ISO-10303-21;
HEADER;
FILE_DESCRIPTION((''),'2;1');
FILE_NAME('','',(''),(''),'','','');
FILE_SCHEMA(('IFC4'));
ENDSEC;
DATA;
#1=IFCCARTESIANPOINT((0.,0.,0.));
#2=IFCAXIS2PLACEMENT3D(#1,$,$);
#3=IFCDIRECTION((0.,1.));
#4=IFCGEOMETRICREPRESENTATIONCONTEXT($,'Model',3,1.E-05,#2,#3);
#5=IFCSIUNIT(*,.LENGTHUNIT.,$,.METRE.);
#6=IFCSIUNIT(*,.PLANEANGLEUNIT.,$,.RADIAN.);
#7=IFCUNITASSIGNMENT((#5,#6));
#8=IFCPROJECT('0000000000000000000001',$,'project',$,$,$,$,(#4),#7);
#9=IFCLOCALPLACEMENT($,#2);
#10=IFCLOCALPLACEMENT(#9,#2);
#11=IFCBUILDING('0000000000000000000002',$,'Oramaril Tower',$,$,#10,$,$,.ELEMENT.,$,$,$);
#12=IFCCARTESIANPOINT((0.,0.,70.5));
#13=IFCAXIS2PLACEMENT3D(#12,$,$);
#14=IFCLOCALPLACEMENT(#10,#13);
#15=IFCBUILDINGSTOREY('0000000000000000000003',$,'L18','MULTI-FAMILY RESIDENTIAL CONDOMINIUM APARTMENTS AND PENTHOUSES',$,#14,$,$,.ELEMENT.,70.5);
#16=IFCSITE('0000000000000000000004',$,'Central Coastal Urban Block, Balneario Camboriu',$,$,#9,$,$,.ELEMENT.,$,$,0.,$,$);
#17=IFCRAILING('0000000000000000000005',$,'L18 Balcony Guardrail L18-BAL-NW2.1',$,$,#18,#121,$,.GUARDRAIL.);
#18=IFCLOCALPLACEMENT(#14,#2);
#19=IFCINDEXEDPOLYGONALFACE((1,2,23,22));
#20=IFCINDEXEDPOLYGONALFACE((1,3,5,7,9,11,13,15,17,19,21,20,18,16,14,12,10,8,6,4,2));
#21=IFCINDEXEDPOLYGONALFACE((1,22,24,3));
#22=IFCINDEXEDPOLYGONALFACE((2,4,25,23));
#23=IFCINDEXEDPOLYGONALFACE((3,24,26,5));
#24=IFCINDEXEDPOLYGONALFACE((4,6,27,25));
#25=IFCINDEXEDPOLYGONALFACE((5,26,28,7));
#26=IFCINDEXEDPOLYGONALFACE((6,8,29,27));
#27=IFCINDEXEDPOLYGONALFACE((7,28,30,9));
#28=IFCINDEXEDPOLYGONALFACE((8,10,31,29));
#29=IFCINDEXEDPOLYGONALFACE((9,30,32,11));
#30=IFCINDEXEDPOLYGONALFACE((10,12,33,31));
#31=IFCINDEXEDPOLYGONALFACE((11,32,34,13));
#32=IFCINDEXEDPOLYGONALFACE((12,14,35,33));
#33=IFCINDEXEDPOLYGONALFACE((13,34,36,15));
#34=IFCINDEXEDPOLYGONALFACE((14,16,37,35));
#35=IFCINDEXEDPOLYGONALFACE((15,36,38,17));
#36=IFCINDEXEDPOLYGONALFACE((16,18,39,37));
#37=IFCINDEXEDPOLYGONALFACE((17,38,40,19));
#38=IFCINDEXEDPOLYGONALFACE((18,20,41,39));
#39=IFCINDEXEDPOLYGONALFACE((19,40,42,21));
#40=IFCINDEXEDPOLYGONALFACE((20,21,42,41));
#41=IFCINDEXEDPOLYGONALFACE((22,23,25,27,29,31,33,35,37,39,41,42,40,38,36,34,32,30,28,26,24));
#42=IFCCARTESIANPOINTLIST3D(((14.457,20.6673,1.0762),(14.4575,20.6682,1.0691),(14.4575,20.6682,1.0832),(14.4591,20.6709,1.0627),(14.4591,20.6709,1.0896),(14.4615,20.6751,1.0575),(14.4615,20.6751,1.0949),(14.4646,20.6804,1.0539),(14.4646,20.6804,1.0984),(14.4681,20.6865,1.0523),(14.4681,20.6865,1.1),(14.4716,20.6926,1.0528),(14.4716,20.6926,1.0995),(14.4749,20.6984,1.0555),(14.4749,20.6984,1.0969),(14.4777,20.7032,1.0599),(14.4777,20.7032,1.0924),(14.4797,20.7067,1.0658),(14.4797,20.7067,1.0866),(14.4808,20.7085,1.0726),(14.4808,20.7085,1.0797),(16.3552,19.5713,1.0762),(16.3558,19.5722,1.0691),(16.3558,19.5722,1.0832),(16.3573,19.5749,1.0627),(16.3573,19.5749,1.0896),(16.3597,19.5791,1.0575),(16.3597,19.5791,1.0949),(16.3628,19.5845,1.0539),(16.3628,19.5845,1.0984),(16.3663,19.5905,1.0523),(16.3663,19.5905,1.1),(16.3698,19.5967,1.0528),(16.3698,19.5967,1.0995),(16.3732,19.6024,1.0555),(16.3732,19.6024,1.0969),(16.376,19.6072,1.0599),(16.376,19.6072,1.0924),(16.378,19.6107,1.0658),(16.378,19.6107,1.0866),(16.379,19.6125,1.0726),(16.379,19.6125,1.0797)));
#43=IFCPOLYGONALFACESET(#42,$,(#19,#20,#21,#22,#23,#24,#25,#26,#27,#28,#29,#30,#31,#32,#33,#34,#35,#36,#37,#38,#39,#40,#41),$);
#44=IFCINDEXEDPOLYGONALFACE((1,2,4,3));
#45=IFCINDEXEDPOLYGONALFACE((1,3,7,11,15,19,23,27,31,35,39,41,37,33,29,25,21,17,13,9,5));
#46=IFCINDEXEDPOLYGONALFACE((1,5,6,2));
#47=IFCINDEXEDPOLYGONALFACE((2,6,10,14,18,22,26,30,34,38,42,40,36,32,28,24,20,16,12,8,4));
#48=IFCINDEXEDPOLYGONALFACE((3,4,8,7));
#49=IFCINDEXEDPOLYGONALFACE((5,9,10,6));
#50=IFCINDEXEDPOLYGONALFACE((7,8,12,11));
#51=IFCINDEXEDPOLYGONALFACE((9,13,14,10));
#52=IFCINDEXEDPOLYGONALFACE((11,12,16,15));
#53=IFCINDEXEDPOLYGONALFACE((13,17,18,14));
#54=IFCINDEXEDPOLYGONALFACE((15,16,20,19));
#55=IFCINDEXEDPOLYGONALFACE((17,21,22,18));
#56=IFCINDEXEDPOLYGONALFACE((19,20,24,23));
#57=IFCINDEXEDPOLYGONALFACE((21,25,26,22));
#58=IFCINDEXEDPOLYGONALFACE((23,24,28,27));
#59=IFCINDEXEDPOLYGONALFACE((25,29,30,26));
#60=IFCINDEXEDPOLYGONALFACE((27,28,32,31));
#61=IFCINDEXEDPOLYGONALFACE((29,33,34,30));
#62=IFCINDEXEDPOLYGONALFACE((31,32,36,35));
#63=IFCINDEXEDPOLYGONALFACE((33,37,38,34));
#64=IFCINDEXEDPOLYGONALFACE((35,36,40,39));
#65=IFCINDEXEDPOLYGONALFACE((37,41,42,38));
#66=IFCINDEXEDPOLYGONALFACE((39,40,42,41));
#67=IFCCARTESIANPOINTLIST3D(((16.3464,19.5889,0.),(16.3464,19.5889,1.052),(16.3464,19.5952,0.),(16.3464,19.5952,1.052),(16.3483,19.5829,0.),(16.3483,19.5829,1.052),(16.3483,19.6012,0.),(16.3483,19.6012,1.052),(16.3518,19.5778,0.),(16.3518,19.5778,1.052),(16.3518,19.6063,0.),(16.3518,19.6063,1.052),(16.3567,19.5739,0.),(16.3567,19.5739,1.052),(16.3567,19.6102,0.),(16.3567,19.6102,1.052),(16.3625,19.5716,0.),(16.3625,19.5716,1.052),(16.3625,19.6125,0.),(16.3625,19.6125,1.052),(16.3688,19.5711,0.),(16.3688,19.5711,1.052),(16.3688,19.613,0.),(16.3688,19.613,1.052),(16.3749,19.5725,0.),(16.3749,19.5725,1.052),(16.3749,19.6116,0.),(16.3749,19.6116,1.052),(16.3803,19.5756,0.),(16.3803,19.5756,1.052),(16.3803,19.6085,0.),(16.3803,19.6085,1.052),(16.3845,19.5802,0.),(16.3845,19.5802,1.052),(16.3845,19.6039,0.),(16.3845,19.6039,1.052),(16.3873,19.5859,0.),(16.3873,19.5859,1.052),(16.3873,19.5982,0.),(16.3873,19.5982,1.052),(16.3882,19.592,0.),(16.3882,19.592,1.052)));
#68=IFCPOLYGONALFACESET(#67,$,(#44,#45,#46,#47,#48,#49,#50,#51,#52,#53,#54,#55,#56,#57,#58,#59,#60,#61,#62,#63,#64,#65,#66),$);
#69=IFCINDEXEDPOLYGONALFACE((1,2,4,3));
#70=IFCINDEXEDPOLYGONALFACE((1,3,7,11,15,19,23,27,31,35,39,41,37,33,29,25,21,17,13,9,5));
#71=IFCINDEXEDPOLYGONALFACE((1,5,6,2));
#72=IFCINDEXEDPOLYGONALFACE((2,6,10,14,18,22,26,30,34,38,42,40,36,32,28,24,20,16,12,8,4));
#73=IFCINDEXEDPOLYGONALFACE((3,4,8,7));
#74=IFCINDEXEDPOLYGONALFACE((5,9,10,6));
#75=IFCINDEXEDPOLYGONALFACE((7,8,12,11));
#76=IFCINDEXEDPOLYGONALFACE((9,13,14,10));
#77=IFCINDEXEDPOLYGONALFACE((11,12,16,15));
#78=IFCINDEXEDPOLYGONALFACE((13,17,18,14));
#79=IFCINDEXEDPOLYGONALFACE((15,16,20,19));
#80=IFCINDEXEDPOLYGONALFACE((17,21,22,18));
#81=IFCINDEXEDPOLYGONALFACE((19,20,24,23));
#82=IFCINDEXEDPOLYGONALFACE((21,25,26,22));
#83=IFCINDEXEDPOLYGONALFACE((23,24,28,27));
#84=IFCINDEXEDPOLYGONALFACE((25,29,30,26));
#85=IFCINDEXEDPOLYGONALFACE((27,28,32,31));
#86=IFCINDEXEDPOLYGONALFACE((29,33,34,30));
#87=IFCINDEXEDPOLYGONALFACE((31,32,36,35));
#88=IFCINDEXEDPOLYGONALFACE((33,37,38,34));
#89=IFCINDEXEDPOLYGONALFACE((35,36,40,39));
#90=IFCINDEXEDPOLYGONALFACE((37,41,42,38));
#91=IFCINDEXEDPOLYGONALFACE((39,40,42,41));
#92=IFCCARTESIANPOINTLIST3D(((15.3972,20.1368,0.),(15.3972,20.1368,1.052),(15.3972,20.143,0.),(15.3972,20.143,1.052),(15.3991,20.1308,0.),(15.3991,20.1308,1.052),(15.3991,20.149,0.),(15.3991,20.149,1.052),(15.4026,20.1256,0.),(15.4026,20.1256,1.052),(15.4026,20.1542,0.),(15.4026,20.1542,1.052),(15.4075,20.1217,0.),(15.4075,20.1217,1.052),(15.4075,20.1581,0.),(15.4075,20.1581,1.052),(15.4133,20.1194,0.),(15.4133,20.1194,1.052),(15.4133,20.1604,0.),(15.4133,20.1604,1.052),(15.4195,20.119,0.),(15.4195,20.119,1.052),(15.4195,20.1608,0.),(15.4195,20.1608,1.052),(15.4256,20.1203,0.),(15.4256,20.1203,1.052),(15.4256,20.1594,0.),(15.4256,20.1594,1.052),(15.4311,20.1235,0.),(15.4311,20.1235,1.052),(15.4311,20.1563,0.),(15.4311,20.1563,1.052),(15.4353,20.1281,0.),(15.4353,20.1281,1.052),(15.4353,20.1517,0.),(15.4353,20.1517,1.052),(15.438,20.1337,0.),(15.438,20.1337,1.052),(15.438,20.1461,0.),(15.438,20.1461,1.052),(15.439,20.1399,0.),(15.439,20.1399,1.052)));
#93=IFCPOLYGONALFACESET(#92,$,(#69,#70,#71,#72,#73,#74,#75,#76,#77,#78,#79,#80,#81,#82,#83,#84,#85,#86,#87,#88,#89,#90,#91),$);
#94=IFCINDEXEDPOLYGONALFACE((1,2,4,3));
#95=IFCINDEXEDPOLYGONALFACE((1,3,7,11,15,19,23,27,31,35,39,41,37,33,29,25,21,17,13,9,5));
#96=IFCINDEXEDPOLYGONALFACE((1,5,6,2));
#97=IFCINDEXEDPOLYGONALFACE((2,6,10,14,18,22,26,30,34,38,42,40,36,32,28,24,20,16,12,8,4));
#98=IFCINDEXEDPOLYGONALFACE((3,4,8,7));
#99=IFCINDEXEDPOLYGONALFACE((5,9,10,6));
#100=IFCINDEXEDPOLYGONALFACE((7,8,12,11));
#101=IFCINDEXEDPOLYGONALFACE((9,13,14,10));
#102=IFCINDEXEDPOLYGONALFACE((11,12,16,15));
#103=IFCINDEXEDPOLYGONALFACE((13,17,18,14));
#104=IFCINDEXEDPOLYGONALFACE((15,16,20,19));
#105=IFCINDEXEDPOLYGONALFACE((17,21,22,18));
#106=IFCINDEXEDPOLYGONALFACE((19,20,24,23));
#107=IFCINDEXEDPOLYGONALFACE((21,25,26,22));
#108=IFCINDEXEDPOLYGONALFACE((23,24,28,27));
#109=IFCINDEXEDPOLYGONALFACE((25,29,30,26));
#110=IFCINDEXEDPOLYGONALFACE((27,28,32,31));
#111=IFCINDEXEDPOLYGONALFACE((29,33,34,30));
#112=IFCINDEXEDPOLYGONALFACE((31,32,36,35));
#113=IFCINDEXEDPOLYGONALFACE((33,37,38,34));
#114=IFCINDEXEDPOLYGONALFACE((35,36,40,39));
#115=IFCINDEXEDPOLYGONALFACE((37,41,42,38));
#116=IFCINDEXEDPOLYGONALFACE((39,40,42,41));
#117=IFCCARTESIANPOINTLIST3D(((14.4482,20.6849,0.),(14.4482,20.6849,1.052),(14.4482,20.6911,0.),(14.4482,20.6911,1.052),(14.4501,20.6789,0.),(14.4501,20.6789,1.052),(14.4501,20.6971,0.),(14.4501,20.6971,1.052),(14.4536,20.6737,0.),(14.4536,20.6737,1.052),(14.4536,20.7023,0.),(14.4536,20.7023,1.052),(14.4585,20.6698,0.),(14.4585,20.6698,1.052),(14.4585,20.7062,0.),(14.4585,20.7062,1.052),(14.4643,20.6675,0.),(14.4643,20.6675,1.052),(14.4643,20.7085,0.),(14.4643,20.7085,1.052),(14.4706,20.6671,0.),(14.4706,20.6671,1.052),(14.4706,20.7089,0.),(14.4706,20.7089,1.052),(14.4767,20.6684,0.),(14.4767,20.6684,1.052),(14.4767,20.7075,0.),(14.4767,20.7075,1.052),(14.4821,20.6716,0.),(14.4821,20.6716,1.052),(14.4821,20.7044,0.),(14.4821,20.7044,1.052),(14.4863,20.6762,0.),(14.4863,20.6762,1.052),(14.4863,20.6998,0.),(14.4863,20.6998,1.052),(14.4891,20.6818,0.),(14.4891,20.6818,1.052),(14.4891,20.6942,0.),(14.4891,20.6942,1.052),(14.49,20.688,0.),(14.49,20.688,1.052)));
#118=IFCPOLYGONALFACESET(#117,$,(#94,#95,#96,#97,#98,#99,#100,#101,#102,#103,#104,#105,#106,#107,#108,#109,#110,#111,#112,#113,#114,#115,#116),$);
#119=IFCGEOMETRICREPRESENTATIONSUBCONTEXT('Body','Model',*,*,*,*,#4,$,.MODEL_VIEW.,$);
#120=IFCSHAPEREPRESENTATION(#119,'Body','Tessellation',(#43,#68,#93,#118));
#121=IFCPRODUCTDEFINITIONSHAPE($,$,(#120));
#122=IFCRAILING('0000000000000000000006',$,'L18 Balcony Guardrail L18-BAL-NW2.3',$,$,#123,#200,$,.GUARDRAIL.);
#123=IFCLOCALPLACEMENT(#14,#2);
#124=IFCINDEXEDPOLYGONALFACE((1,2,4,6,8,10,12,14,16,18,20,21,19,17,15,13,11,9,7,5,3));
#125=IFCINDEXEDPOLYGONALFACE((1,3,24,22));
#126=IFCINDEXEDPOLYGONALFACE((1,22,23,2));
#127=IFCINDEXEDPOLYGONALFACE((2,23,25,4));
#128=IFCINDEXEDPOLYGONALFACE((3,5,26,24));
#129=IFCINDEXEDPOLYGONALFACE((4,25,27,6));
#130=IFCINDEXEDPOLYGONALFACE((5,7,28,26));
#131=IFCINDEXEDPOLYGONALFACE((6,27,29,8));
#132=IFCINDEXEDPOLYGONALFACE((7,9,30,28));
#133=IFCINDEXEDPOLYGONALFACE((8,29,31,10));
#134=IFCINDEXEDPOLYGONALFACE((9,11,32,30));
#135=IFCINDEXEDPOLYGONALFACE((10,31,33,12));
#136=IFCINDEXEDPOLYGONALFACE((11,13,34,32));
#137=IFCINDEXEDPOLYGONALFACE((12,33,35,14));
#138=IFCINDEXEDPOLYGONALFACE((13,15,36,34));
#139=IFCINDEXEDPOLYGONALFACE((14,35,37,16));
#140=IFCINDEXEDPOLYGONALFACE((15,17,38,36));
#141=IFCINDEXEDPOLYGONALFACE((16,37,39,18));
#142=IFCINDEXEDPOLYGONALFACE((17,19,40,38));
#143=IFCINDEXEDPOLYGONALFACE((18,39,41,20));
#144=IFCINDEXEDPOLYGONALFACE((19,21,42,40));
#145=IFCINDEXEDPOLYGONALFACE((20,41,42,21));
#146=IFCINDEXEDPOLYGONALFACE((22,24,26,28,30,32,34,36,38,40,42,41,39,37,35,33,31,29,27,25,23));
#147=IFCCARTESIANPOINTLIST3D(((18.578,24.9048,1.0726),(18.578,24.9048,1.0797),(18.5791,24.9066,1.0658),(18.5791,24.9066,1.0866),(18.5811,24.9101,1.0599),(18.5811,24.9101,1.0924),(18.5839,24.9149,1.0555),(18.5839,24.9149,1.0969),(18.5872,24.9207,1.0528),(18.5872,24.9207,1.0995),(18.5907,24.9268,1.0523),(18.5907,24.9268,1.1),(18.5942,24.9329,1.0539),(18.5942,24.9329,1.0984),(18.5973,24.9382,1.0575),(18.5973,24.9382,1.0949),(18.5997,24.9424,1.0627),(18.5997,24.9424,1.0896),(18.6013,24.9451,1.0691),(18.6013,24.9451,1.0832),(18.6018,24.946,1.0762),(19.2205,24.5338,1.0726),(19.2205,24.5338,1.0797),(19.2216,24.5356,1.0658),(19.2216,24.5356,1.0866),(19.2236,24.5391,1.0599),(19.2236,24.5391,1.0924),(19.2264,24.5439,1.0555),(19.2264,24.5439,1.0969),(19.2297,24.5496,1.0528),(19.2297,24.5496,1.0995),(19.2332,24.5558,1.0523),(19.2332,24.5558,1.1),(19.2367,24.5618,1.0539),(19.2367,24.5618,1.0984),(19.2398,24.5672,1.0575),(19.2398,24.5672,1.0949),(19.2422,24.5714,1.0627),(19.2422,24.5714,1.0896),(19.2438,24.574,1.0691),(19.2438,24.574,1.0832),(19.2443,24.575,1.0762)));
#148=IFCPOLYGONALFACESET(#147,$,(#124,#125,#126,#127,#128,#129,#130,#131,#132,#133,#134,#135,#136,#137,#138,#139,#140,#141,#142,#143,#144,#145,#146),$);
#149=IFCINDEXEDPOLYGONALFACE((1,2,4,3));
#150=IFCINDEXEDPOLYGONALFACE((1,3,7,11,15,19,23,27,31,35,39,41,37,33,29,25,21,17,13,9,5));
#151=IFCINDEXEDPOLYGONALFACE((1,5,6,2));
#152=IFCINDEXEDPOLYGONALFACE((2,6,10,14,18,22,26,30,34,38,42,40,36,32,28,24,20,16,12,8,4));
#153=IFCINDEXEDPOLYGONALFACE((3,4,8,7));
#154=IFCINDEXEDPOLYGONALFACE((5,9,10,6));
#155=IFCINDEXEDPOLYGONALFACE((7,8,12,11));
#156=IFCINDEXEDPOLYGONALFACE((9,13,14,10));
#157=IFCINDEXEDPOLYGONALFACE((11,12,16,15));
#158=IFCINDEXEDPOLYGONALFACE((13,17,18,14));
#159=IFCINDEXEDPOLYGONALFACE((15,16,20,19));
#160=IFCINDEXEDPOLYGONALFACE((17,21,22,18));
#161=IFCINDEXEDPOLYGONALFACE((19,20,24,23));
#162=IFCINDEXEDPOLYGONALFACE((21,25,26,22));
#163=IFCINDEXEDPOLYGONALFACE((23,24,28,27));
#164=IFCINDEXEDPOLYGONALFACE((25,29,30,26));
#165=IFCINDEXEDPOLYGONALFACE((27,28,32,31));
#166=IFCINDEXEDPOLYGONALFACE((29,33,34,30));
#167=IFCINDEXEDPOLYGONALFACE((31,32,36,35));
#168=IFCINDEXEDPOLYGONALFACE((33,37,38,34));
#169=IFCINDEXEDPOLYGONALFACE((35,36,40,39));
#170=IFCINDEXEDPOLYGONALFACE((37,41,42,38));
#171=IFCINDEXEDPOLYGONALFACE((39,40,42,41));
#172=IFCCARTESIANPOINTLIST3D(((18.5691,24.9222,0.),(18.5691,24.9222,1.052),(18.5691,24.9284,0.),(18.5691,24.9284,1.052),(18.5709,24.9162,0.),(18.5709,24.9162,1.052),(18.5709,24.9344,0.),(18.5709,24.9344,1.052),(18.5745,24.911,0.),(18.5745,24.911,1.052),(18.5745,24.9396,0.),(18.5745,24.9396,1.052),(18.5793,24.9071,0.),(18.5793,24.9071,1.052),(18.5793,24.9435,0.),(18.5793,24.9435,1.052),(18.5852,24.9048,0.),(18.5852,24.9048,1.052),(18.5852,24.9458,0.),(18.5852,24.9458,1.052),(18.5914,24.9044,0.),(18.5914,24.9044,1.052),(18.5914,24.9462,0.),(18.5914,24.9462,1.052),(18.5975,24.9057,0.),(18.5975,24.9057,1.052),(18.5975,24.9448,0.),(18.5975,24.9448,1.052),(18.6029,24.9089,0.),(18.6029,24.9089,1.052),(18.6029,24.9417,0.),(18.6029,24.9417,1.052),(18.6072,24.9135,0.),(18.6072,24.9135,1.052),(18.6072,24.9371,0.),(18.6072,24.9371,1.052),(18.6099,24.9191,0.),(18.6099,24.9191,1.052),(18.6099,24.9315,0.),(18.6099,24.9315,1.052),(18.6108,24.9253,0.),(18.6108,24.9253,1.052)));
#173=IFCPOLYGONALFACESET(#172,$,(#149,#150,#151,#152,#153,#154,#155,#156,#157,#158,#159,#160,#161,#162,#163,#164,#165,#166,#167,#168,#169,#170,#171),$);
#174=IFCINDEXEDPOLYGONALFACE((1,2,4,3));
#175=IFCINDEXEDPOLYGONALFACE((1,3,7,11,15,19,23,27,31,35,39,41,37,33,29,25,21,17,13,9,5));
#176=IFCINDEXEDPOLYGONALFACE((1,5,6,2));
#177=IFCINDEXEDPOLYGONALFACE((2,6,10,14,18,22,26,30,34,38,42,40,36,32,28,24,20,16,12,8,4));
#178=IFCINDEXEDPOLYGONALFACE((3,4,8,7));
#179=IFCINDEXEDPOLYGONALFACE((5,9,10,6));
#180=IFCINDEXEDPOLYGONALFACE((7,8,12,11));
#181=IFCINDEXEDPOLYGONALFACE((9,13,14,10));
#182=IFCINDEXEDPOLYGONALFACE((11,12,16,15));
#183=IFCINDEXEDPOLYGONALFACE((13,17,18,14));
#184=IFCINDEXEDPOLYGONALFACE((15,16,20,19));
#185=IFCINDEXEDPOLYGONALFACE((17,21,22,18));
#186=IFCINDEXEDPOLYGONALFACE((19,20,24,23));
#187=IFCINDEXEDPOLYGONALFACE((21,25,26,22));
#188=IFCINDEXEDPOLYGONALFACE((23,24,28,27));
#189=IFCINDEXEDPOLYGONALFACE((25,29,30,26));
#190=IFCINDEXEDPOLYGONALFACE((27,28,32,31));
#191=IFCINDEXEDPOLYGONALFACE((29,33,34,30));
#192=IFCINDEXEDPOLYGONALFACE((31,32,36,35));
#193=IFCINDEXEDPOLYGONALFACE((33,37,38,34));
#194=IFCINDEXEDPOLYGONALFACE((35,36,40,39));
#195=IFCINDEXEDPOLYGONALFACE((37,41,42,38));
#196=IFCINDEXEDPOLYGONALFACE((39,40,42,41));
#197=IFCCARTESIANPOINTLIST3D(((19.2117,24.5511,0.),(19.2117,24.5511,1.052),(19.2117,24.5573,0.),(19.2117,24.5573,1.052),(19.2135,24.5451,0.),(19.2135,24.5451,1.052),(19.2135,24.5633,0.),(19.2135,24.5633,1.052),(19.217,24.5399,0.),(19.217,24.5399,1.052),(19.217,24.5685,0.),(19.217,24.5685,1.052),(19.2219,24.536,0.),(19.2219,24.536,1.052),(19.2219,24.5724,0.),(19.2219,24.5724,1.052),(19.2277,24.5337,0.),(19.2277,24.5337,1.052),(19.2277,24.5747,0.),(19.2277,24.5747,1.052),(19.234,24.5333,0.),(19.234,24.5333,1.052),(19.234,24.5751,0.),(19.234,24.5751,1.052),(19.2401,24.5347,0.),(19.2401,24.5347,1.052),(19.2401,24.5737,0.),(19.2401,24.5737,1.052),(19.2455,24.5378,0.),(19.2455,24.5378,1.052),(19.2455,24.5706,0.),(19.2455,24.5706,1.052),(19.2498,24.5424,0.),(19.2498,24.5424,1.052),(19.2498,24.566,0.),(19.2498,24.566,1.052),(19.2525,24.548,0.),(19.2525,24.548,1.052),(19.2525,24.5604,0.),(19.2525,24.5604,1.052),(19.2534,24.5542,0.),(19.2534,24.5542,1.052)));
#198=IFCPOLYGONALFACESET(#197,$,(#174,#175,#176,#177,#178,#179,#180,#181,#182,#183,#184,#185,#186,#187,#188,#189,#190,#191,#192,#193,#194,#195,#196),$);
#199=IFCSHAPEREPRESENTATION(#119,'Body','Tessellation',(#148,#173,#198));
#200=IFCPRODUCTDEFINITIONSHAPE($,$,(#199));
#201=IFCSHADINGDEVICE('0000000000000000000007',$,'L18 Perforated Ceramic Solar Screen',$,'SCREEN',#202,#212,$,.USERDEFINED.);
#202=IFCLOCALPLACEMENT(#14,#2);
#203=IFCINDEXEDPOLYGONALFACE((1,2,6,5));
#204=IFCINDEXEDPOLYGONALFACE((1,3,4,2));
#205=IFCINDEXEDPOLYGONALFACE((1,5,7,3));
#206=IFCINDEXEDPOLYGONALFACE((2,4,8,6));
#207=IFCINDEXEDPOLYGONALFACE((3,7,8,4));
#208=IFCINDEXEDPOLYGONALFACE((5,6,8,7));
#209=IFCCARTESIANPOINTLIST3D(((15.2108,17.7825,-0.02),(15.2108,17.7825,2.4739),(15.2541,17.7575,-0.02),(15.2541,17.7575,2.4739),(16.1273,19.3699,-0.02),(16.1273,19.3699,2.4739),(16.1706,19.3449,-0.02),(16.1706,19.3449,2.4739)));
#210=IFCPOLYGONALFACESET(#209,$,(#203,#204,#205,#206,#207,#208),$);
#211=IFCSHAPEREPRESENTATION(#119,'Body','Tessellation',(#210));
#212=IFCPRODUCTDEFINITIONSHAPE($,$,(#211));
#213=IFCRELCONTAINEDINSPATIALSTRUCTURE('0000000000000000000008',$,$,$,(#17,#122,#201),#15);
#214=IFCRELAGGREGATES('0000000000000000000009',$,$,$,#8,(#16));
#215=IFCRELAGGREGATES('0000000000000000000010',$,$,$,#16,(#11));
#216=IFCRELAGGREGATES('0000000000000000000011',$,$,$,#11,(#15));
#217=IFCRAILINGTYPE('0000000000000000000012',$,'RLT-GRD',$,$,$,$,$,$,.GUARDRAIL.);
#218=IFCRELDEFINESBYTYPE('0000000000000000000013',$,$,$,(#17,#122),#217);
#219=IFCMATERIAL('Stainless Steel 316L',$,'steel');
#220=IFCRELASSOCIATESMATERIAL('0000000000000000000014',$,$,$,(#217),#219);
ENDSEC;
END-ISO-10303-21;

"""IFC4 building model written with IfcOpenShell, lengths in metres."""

from ifc_helpers import new_model, si_unit, direction, frame, origin, origin_2d, place, context, subcontext, project, spatial, rectangle, circle, extrude, material, type_object, element, save


model = new_model("IFC4")

# Units and contexts
model_context = context("Model", 3, precision=1e-05, world=origin(), true_north=direction((0.0, 1.0)))
body_context = subcontext(model_context, "Body", "Model", "MODEL_VIEW")
ifc_project = project(units=[si_unit("LENGTHUNIT", "METRE"), si_unit("PLANEANGLEUNIT", "RADIAN")], contexts=[model_context])

# Site, building, storey
site_placement = place(None, origin())
site = spatial("IfcSite", under=ifc_project, at=site_placement, Name="Central Coastal Urban Block, Balneario Camboriu", CompositionType="ELEMENT", RefElevation=0.0)
building_placement = place(site_placement, origin())
building = spatial("IfcBuilding", under=site, at=building_placement, Name="Oramaril Tower", CompositionType="ELEMENT")
storey_placement = place(building_placement, frame((0.0, 0.0, 70.5)))
storey = spatial("IfcBuildingStorey", under=building, at=storey_placement, Name="L18", Description="MULTI-FAMILY RESIDENTIAL CONDOMINIUM APARTMENTS AND PENTHOUSES", CompositionType="ELEMENT", Elevation=70.5)

# Railings
ifc_material_1 = material(Name="Stainless Steel 316L", Category="steel")
railing_type = type_object("IfcRailingType", Name="RLT-GRD", PredefinedType="GUARDRAIL", material=ifc_material_1)
railing_1_placement = place(storey_placement, frame((16.3672, 19.592, 0.0)))
element("IfcRailing", 1, at=railing_1_placement, inside=storey, type_object=railing_type, Name="L18 Balcony Guardrail L18-BAL-NW2.1", PredefinedType="GUARDRAIL", context=body_context, shape_type="SweptSolid", body=[
    extrude(circle(Radius=0.0239, at=origin_2d()), frame((0.0, 0.0, 1.0762), z_axis=(-0.866021, 0.500008, 0.0), x_axis=(-0.500008, -0.866021, 0.0)), (0.0, 0.0, 1.0), 2.1919),
    extrude(circle(Radius=0.021, at=origin_2d()), origin(), (0.0, 0.0, 1.0), 1.052),
    extrude(circle(Radius=0.021, at=origin_2d()), frame((-0.9492, 0.5479, 0.0)), (0.0, 0.0, 1.0), 1.052),
    extrude(circle(Radius=0.021, at=origin_2d()), frame((-1.8982, 1.0959, 0.0)), (0.0, 0.0, 1.0), 1.052),
])
railing_2_placement = place(storey_placement, frame((18.5898, 24.9253, 0.0)))
element("IfcRailing", 2, at=railing_2_placement, inside=storey, type_object=railing_type, Name="L18 Balcony Guardrail L18-BAL-NW2.3", PredefinedType="GUARDRAIL", context=body_context, shape_type="SweptSolid", body=[
    extrude(circle(Radius=0.0239, at=origin_2d()), frame((0.0, 0.0, 1.0762), z_axis=(0.865966, -0.500102, 0.0), x_axis=(0.500102, 0.865966, 0.0)), (0.0, 0.0, 1.0), 0.7419),
    extrude(circle(Radius=0.021, at=origin_2d()), origin(), (0.0, 0.0, 1.0), 1.052),
    extrude(circle(Radius=0.021, at=origin_2d()), frame((0.6426, -0.3711, 0.0)), (0.0, 0.0, 1.0), 1.052),
])

# Shading device
for number, where, z_axis, x_axis, name in (
    (3, (15.6907, 18.5637, -0.02), (0.0, 0.0, 1.0), (-0.5, -0.866025, 0.0), "L18 Perforated Ceramic Solar Screen"),
):
    element("IfcShadingDevice", number, at=place(storey_placement, frame(where, z_axis=z_axis, x_axis=x_axis)), inside=storey, Name=name, ObjectType="SCREEN", PredefinedType="USERDEFINED", context=body_context, shape_type="SweptSolid", body=[
        extrude(rectangle(XDim=1.833, YDim=0.05, at=origin_2d()), origin(), (0.0, 0.0, 1.0), 2.4939),
    ])

save(model, "model.ifc")
